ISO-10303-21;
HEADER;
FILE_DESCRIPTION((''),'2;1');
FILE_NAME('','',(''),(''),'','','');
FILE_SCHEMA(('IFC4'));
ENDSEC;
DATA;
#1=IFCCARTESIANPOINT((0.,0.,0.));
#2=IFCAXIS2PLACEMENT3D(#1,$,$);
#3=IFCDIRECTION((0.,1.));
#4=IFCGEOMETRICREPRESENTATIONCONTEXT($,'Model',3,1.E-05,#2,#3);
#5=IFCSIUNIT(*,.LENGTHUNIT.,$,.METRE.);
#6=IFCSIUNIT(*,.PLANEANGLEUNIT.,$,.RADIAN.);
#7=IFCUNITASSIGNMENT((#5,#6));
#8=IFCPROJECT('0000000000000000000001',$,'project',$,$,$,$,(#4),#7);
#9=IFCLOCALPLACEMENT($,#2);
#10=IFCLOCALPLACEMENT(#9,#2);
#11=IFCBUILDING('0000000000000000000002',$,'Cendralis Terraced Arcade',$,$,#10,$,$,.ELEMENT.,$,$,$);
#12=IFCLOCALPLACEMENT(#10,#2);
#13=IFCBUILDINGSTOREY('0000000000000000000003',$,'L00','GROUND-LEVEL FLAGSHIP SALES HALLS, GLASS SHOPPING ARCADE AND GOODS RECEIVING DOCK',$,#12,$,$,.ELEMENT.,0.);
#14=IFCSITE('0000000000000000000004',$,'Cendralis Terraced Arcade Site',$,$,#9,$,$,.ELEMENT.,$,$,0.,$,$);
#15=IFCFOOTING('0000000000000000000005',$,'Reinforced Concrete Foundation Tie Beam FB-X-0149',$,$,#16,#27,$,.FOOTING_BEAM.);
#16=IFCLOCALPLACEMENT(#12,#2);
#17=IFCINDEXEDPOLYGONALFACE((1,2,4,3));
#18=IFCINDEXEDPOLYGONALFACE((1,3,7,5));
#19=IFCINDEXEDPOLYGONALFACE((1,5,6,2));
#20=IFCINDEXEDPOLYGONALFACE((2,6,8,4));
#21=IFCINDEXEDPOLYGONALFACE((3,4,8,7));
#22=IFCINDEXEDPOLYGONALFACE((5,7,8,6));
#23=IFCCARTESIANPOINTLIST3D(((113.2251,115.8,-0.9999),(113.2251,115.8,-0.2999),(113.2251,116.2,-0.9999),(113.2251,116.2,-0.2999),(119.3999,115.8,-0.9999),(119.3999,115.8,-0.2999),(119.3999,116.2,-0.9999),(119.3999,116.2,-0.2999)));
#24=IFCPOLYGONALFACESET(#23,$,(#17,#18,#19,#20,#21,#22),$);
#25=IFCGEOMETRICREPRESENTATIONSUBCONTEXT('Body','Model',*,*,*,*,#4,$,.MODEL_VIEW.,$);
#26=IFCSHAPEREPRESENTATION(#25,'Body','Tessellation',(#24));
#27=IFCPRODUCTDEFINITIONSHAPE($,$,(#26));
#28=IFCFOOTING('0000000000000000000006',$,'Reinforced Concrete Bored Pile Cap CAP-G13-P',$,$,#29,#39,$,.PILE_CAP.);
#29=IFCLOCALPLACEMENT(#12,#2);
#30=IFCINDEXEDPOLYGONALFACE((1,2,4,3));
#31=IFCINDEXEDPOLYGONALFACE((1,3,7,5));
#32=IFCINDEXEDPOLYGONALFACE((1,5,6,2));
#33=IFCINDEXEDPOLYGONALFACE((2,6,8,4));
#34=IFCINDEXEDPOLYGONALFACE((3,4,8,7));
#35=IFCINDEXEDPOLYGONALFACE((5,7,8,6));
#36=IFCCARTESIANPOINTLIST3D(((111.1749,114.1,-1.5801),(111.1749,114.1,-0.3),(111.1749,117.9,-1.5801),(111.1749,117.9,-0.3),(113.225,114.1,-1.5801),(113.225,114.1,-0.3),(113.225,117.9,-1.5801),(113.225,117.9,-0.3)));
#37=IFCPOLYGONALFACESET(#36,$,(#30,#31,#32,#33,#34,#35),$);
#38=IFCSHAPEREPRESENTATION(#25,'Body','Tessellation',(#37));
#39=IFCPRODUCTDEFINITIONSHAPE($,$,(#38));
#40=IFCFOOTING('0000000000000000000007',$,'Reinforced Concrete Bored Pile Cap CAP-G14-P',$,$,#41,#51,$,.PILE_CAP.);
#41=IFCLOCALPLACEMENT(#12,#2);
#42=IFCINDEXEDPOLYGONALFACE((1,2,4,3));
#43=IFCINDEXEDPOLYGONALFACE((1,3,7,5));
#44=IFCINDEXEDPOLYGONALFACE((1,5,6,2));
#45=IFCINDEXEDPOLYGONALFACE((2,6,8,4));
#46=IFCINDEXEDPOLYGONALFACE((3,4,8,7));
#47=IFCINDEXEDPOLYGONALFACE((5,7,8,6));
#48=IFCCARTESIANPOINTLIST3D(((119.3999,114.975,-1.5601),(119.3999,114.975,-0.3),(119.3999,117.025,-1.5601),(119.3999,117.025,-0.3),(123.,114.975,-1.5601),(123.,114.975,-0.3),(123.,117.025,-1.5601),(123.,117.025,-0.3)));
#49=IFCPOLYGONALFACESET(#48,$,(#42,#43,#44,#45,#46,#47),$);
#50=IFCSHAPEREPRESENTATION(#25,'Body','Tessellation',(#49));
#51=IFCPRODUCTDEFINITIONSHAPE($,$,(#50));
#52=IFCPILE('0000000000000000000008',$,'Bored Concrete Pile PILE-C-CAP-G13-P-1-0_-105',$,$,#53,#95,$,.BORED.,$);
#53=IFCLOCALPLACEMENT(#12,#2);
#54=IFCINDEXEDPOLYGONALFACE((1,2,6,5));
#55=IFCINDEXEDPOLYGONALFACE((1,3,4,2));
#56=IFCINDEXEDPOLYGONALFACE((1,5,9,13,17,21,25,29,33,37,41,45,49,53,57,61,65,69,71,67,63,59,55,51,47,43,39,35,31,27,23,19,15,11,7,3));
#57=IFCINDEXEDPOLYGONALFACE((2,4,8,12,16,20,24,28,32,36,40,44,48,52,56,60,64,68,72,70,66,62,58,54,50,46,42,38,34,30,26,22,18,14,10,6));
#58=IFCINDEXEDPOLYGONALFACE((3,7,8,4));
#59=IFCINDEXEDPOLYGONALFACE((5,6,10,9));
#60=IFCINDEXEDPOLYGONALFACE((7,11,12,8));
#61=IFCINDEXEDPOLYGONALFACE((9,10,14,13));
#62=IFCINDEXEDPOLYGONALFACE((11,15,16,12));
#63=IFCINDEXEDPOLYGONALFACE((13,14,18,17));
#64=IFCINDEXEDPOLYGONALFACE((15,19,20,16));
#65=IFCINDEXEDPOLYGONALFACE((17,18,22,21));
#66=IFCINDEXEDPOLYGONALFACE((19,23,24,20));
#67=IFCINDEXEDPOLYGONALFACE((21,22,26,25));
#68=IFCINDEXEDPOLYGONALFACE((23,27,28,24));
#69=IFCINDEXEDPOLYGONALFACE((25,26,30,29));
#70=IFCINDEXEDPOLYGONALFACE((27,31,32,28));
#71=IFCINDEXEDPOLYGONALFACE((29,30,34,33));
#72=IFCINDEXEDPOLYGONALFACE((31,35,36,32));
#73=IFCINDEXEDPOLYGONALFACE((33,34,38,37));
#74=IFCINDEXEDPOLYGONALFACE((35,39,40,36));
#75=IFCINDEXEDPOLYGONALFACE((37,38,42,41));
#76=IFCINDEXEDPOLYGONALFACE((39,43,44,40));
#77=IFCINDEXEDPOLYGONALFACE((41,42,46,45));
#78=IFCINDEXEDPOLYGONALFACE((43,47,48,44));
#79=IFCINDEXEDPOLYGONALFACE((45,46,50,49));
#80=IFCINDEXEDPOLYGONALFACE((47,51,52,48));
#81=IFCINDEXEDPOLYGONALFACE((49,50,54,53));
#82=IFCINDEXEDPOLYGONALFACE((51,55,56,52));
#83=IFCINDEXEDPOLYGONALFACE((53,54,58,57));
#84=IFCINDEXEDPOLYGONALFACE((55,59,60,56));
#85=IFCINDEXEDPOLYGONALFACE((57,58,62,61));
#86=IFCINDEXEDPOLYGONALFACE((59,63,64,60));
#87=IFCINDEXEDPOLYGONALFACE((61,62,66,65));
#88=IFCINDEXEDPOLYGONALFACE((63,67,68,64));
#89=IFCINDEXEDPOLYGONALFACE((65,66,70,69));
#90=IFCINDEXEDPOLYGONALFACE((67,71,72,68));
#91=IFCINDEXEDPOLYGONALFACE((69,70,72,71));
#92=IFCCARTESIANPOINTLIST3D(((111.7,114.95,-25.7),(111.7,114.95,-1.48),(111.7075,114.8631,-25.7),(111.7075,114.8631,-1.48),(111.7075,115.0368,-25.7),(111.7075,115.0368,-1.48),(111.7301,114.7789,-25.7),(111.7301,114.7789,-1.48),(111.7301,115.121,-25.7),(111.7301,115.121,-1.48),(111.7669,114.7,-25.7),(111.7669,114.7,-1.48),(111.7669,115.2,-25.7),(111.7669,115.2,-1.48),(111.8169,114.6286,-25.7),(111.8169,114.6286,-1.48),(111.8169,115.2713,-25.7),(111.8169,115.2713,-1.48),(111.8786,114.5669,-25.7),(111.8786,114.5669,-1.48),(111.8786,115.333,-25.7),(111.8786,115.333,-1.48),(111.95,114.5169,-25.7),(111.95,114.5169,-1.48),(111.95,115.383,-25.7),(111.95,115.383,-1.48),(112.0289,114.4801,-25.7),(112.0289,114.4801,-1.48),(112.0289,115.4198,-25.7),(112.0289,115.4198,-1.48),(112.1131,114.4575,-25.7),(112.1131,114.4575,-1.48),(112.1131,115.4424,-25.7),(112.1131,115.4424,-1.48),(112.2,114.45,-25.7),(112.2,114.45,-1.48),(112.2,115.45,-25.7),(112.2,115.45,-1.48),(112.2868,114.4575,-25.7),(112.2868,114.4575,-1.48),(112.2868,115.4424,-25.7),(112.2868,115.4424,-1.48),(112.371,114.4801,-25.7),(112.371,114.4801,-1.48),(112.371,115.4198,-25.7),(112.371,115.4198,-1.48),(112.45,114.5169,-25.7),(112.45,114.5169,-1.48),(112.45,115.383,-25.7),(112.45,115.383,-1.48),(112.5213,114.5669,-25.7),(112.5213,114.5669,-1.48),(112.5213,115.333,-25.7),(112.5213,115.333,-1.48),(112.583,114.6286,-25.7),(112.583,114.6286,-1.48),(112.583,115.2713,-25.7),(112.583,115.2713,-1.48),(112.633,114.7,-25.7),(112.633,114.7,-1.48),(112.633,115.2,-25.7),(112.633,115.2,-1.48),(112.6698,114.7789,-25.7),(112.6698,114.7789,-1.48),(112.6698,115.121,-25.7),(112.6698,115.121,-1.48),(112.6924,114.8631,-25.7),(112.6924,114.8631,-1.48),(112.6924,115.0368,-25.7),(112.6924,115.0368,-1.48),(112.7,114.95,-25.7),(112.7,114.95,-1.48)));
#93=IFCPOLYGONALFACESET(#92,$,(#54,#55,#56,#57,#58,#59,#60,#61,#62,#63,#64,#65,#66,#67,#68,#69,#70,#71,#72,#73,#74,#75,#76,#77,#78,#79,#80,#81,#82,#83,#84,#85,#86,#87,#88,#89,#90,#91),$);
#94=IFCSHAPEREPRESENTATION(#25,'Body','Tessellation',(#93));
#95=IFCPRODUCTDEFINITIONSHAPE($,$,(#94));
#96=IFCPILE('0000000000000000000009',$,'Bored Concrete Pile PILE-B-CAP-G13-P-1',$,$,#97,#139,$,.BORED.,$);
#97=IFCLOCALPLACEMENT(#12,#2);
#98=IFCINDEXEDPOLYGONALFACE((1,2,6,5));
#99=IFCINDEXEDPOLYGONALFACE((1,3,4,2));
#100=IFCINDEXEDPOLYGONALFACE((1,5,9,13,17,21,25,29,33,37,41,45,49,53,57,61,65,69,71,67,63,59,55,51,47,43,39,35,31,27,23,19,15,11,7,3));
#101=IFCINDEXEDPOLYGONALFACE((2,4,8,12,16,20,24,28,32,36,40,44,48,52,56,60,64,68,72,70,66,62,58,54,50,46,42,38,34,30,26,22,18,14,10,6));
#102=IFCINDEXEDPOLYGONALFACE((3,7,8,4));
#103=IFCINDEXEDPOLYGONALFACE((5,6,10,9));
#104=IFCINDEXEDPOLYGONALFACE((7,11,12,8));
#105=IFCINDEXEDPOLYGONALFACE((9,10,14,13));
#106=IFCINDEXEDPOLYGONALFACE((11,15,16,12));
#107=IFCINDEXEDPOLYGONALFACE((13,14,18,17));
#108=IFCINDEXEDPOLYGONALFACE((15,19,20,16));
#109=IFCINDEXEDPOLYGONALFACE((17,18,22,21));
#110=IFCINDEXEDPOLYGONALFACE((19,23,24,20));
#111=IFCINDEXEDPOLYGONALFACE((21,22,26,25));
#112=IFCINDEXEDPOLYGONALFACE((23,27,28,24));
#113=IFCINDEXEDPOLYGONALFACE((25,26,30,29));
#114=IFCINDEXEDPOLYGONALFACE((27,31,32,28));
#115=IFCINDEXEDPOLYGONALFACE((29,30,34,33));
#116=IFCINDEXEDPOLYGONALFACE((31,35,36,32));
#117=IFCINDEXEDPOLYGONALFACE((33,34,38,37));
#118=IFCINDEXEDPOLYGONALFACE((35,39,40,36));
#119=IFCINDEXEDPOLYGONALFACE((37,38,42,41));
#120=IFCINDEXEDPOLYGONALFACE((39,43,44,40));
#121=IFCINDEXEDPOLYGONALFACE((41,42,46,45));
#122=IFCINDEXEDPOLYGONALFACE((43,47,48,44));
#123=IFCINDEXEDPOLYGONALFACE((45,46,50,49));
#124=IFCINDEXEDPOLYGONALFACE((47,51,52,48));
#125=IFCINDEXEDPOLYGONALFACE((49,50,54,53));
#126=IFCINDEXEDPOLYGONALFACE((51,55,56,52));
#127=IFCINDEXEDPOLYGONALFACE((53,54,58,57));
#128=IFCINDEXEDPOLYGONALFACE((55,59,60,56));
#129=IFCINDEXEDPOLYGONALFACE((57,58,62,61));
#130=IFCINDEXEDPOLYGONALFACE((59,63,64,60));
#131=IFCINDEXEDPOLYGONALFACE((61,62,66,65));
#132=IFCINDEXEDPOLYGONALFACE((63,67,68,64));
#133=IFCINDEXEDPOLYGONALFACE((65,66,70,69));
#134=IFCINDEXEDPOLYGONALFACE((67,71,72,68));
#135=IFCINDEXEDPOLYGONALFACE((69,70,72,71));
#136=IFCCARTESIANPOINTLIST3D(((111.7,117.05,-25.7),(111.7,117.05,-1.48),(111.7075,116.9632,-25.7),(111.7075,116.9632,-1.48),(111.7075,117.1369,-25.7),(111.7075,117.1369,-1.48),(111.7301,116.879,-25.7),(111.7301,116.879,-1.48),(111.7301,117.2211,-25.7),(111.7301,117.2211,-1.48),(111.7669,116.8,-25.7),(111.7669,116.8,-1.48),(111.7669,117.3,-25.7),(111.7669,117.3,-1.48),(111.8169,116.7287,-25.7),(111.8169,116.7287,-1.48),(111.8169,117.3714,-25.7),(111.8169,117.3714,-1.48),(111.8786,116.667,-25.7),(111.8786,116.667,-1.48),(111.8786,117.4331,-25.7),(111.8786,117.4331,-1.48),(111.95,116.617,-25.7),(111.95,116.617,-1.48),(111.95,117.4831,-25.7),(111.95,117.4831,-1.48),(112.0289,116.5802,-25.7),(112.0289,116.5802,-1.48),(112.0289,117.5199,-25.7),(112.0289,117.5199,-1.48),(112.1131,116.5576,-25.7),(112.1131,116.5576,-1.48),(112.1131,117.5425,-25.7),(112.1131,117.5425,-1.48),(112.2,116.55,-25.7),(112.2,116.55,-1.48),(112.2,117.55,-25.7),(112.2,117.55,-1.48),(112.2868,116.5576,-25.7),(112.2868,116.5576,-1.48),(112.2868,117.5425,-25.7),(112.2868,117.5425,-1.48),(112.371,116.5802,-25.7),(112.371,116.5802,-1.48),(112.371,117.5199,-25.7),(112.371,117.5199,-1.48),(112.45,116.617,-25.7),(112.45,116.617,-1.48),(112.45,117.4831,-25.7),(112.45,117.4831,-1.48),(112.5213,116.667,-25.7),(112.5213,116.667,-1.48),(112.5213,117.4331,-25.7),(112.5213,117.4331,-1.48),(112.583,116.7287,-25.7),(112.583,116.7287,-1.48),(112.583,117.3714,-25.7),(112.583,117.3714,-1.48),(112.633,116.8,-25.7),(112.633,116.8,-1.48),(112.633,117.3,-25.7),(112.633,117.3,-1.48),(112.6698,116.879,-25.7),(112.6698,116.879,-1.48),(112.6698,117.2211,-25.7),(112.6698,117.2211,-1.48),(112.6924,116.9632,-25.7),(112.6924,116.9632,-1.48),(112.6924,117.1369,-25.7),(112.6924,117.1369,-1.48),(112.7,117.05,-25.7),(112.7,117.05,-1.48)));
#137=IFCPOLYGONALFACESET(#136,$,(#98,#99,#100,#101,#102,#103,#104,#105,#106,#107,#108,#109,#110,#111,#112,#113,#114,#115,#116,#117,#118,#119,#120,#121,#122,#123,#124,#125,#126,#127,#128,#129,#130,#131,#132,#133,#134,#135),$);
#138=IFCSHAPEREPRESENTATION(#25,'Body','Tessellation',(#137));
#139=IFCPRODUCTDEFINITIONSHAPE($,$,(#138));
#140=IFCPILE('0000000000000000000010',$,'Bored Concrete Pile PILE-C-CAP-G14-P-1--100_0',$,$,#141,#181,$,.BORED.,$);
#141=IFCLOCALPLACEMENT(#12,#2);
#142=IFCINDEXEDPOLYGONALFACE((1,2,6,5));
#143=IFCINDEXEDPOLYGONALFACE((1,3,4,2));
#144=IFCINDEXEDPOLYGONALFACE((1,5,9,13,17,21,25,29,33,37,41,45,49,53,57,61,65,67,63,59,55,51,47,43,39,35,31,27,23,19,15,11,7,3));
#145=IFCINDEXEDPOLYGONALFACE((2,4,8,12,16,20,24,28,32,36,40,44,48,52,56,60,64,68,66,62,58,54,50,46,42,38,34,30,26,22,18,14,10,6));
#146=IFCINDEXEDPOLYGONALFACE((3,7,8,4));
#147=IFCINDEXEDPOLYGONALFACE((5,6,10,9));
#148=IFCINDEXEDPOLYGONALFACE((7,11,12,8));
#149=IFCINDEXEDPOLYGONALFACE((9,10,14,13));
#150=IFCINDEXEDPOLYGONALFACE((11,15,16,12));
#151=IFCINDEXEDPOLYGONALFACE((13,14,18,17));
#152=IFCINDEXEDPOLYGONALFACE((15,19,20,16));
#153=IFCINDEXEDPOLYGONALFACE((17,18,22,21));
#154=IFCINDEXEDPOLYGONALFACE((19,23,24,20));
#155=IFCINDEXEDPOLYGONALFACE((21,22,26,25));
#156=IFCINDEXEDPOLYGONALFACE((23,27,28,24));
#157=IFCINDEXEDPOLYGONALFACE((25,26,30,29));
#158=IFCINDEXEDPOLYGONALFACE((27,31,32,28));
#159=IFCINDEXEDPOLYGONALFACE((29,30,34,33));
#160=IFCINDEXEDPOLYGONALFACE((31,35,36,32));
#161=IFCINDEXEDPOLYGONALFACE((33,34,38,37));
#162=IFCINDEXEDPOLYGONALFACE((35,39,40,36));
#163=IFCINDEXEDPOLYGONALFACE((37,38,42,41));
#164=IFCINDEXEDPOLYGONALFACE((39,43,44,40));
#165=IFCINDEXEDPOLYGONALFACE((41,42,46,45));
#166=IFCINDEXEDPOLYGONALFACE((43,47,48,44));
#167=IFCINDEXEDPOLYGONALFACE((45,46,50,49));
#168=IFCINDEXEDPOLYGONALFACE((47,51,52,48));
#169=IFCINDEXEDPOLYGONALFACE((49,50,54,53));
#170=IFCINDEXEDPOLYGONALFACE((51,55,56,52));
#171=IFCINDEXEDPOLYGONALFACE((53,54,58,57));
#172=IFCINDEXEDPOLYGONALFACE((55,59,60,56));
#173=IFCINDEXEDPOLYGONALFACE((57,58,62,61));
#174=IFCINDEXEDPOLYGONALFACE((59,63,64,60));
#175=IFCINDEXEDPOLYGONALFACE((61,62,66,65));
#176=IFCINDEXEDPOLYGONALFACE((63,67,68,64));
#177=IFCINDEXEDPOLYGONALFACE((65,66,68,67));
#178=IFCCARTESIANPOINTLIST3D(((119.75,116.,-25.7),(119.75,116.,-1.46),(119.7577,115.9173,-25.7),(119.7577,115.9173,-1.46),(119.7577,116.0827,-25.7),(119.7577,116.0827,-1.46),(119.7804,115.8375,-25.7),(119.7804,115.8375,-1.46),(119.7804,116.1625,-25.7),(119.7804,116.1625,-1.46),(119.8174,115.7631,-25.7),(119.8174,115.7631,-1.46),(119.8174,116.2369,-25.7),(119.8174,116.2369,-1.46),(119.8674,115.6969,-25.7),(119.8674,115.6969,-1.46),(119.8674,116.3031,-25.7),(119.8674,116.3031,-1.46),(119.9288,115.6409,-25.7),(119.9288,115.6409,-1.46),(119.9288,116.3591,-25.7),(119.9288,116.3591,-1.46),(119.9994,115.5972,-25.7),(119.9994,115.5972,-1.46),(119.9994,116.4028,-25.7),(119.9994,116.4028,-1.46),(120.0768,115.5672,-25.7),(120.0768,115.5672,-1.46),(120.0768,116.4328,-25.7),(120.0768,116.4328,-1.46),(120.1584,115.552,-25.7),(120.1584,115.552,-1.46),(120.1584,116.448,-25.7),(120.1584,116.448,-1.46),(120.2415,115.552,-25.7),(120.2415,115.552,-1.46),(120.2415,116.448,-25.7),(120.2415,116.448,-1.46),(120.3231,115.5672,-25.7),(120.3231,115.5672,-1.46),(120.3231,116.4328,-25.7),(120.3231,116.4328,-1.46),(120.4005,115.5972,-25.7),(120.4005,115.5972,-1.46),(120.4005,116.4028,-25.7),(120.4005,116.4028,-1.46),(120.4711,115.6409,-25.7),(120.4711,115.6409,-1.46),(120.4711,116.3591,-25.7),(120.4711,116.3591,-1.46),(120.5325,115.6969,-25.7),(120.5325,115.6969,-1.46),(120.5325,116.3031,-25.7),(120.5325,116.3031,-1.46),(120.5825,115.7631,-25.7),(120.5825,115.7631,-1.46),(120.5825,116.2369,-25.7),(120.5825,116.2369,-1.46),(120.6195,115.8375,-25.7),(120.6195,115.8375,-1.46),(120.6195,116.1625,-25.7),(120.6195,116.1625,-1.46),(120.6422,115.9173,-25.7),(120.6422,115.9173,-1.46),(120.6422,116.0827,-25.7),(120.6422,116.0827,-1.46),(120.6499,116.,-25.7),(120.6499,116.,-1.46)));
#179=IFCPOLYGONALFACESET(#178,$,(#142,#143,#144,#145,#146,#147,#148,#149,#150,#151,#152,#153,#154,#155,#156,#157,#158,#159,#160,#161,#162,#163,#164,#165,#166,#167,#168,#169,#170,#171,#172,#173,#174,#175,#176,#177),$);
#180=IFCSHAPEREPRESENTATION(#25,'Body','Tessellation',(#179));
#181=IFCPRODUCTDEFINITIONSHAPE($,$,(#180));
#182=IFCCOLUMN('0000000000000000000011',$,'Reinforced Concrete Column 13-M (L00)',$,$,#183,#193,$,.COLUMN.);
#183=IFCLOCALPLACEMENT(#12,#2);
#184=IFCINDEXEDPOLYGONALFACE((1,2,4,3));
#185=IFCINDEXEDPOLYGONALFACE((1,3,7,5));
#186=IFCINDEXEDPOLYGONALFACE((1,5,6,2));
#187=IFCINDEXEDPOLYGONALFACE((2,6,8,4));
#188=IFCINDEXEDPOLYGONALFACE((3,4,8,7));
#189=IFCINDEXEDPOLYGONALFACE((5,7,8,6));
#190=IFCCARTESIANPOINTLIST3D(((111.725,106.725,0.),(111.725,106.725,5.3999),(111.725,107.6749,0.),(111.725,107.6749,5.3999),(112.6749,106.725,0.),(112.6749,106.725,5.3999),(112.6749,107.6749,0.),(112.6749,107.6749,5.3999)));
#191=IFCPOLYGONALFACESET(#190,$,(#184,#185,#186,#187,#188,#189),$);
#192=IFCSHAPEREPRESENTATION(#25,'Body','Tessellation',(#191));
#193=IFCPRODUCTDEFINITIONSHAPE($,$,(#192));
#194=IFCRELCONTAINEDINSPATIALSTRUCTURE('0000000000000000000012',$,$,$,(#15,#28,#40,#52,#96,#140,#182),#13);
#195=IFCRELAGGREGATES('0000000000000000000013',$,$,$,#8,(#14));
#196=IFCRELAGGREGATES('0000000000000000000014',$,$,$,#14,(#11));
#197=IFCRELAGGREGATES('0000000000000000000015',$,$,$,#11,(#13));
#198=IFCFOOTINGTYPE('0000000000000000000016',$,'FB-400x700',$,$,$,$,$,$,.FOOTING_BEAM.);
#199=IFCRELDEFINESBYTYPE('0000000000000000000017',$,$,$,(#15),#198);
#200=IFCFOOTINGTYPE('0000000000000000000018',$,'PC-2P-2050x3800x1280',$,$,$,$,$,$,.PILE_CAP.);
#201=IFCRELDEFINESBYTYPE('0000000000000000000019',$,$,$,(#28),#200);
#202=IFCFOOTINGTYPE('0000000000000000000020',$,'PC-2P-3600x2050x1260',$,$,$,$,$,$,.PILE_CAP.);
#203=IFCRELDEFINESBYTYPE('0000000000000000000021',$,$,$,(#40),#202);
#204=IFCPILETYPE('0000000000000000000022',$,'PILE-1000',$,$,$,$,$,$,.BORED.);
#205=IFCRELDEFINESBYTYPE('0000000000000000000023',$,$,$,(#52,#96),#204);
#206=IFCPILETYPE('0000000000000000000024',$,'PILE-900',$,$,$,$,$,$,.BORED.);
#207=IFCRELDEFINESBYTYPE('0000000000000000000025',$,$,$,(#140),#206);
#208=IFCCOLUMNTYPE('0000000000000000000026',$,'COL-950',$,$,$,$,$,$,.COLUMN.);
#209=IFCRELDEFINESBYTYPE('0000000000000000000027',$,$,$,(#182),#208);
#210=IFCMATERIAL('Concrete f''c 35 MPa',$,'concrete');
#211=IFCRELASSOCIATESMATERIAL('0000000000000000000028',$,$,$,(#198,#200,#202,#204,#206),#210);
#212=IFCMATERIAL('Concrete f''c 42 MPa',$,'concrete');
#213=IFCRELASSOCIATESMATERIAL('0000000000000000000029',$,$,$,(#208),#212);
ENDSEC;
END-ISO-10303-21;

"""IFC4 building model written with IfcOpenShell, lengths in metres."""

from ifc_helpers import new_model, si_unit, direction, frame, origin, origin_2d, place, context, subcontext, project, spatial, rectangle, circle, extrude, material, material_profile, profile_set, type_object, element, save


model = new_model("IFC4")

# Units and contexts
model_context = context("Model", 3, precision=1e-05, world=origin(), true_north=direction((0.0, 1.0)))
body_context = subcontext(model_context, "Body", "Model", "MODEL_VIEW")
ifc_project = project(units=[si_unit("LENGTHUNIT", "METRE"), si_unit("PLANEANGLEUNIT", "RADIAN")], contexts=[model_context])

# Site, building, storey
site_placement = place(None, origin())
site = spatial("IfcSite", under=ifc_project, at=site_placement, Name="Cendralis Terraced Arcade Site", CompositionType="ELEMENT", RefElevation=0.0)
building_placement = place(site_placement, origin())
building = spatial("IfcBuilding", under=site, at=building_placement, Name="Cendralis Terraced Arcade", CompositionType="ELEMENT")
storey_placement = place(building_placement, origin())
storey = spatial("IfcBuildingStorey", under=building, at=storey_placement, Name="L00", Description="GROUND-LEVEL FLAGSHIP SALES HALLS, GLASS SHOPPING ARCADE AND GOODS RECEIVING DOCK", CompositionType="ELEMENT", Elevation=0.0)

# Footings
ifc_material_1 = material(Name="Concrete f'c 35 MPa", Category="concrete")
ifc_material_profile_1 = material_profile(ifc_material_1, rectangle(XDim=0.3999, YDim=0.7, at=origin_2d()), Name="FB-400x700", Category="LoadBearing")
ifc_profile_set_1 = profile_set([ifc_material_profile_1], Name="Concrete f'c 35 MPa")
footing_type_1 = type_object("IfcFootingType", Name="FB-400x700", PredefinedType="FOOTING_BEAM", material=ifc_profile_set_1)
footing_1_placement = place(storey_placement, frame((113.2251, 116.0, -0.6499), z_axis=(1.0, 0.0, 0.0), x_axis=(0.0, 1.0, 0.0)))
element("IfcFooting", 1, at=footing_1_placement, inside=storey, type_object=footing_type_1, Name="Reinforced Concrete Foundation Tie Beam FB-X-0149", PredefinedType="FOOTING_BEAM", context=body_context, shape_type="SweptSolid", body=[
    extrude(rectangle(XDim=0.3999, YDim=0.7, at=origin_2d()), origin(), (0.0, 0.0, 1.0), 6.1748),
])
footing_type_2 = type_object("IfcFootingType", Name="PC-2P-2050x3800x1280", PredefinedType="PILE_CAP", material=ifc_material_1)
footing_2_placement = place(storey_placement, frame((112.2, 116.0, -1.5801), z_axis=(0.0, 0.0, 1.0), x_axis=(1.0, 0.0, 0.0)))
element("IfcFooting", 2, at=footing_2_placement, inside=storey, type_object=footing_type_2, Name="Reinforced Concrete Bored Pile Cap CAP-G13-P", PredefinedType="PILE_CAP", context=body_context, shape_type="SweptSolid", body=[
    extrude(rectangle(XDim=2.05, YDim=3.8, at=origin_2d()), origin(), (0.0, 0.0, 1.0), 1.28),
])
footing_type_3 = type_object("IfcFootingType", Name="PC-2P-3600x2050x1260", PredefinedType="PILE_CAP", material=ifc_material_1)
footing_3_placement = place(storey_placement, frame((121.2, 116.0, -1.5601), z_axis=(0.0, 0.0, 1.0), x_axis=(1.0, 0.0, 0.0)))
element("IfcFooting", 3, at=footing_3_placement, inside=storey, type_object=footing_type_3, Name="Reinforced Concrete Bored Pile Cap CAP-G14-P", PredefinedType="PILE_CAP", context=body_context, shape_type="SweptSolid", body=[
    extrude(rectangle(XDim=3.6001, YDim=2.05, at=origin_2d()), origin(), (0.0, 0.0, 1.0), 1.26),
])

# Piles
ifc_material_profile_2 = material_profile(ifc_material_1, circle(Radius=0.5, at=origin_2d()), Name="PILE-D1000", Category="LoadBearing")
ifc_profile_set_2 = profile_set([ifc_material_profile_2], Name="Concrete f'c 35 MPa")
pile_type_1 = type_object("IfcPileType", Name="PILE-1000", PredefinedType="BORED", material=ifc_profile_set_2)
for number, where, z_axis, x_axis, name in (
    (4, (112.2, 114.95, -1.48), (0.0, 0.0, -1.0), (1.0, 0.0, 0.0), "Bored Concrete Pile PILE-C-CAP-G13-P-1-0_-105"),
    (5, (112.2, 117.05, -1.48), (0.0, 0.0, -1.0), (1.0, 0.0, 0.0), "Bored Concrete Pile PILE-B-CAP-G13-P-1"),
):
    element("IfcPile", number, at=place(storey_placement, frame(where, z_axis=z_axis, x_axis=x_axis)), inside=storey, type_object=pile_type_1, Name=name, PredefinedType="BORED", context=body_context, shape_type="SweptSolid", body=[
        extrude(circle(Radius=0.5, at=origin_2d()), origin(), (0.0, 0.0, 1.0), 24.22),
    ])
ifc_material_profile_3 = material_profile(ifc_material_1, circle(Radius=0.45, at=origin_2d()), Name="PILE-D900", Category="LoadBearing")
ifc_profile_set_3 = profile_set([ifc_material_profile_3], Name="Concrete f'c 35 MPa")
pile_type_2 = type_object("IfcPileType", Name="PILE-900", PredefinedType="BORED", material=ifc_profile_set_3)
pile_placement = place(storey_placement, frame((120.2, 116.0, -1.46), z_axis=(0.0, 0.0, -1.0), x_axis=(1.0, 0.0, 0.0)))
element("IfcPile", 6, at=pile_placement, inside=storey, type_object=pile_type_2, Name="Bored Concrete Pile PILE-C-CAP-G14-P-1--100_0", PredefinedType="BORED", context=body_context, shape_type="SweptSolid", body=[
    extrude(circle(Radius=0.45, at=origin_2d()), origin(), (0.0, 0.0, 1.0), 24.24),
])

# Column
ifc_material_2 = material(Name="Concrete f'c 42 MPa", Category="concrete")
ifc_material_profile_4 = material_profile(ifc_material_2, rectangle(XDim=0.95, YDim=0.95, at=origin_2d()), Name="RC-COL-950x950", Category="LoadBearing")
ifc_profile_set_4 = profile_set([ifc_material_profile_4], Name="Concrete f'c 42 MPa")
column_type = type_object("IfcColumnType", Name="COL-950", PredefinedType="COLUMN", material=ifc_profile_set_4)
for number, where, z_axis, x_axis, name in (
    (7, (112.2, 107.2, 0.0), (0.0, 0.0, 1.0), (1.0, 0.0, 0.0), "Reinforced Concrete Column 13-M (L00)"),
):
    element("IfcColumn", number, at=place(storey_placement, frame(where, z_axis=z_axis, x_axis=x_axis)), inside=storey, type_object=column_type, Name=name, PredefinedType="COLUMN", context=body_context, shape_type="SweptSolid", body=[
        extrude(rectangle(XDim=0.95, YDim=0.95, at=origin_2d()), origin(), (0.0, 0.0, 1.0), 5.3999),
    ])

save(model, "model.ifc")
